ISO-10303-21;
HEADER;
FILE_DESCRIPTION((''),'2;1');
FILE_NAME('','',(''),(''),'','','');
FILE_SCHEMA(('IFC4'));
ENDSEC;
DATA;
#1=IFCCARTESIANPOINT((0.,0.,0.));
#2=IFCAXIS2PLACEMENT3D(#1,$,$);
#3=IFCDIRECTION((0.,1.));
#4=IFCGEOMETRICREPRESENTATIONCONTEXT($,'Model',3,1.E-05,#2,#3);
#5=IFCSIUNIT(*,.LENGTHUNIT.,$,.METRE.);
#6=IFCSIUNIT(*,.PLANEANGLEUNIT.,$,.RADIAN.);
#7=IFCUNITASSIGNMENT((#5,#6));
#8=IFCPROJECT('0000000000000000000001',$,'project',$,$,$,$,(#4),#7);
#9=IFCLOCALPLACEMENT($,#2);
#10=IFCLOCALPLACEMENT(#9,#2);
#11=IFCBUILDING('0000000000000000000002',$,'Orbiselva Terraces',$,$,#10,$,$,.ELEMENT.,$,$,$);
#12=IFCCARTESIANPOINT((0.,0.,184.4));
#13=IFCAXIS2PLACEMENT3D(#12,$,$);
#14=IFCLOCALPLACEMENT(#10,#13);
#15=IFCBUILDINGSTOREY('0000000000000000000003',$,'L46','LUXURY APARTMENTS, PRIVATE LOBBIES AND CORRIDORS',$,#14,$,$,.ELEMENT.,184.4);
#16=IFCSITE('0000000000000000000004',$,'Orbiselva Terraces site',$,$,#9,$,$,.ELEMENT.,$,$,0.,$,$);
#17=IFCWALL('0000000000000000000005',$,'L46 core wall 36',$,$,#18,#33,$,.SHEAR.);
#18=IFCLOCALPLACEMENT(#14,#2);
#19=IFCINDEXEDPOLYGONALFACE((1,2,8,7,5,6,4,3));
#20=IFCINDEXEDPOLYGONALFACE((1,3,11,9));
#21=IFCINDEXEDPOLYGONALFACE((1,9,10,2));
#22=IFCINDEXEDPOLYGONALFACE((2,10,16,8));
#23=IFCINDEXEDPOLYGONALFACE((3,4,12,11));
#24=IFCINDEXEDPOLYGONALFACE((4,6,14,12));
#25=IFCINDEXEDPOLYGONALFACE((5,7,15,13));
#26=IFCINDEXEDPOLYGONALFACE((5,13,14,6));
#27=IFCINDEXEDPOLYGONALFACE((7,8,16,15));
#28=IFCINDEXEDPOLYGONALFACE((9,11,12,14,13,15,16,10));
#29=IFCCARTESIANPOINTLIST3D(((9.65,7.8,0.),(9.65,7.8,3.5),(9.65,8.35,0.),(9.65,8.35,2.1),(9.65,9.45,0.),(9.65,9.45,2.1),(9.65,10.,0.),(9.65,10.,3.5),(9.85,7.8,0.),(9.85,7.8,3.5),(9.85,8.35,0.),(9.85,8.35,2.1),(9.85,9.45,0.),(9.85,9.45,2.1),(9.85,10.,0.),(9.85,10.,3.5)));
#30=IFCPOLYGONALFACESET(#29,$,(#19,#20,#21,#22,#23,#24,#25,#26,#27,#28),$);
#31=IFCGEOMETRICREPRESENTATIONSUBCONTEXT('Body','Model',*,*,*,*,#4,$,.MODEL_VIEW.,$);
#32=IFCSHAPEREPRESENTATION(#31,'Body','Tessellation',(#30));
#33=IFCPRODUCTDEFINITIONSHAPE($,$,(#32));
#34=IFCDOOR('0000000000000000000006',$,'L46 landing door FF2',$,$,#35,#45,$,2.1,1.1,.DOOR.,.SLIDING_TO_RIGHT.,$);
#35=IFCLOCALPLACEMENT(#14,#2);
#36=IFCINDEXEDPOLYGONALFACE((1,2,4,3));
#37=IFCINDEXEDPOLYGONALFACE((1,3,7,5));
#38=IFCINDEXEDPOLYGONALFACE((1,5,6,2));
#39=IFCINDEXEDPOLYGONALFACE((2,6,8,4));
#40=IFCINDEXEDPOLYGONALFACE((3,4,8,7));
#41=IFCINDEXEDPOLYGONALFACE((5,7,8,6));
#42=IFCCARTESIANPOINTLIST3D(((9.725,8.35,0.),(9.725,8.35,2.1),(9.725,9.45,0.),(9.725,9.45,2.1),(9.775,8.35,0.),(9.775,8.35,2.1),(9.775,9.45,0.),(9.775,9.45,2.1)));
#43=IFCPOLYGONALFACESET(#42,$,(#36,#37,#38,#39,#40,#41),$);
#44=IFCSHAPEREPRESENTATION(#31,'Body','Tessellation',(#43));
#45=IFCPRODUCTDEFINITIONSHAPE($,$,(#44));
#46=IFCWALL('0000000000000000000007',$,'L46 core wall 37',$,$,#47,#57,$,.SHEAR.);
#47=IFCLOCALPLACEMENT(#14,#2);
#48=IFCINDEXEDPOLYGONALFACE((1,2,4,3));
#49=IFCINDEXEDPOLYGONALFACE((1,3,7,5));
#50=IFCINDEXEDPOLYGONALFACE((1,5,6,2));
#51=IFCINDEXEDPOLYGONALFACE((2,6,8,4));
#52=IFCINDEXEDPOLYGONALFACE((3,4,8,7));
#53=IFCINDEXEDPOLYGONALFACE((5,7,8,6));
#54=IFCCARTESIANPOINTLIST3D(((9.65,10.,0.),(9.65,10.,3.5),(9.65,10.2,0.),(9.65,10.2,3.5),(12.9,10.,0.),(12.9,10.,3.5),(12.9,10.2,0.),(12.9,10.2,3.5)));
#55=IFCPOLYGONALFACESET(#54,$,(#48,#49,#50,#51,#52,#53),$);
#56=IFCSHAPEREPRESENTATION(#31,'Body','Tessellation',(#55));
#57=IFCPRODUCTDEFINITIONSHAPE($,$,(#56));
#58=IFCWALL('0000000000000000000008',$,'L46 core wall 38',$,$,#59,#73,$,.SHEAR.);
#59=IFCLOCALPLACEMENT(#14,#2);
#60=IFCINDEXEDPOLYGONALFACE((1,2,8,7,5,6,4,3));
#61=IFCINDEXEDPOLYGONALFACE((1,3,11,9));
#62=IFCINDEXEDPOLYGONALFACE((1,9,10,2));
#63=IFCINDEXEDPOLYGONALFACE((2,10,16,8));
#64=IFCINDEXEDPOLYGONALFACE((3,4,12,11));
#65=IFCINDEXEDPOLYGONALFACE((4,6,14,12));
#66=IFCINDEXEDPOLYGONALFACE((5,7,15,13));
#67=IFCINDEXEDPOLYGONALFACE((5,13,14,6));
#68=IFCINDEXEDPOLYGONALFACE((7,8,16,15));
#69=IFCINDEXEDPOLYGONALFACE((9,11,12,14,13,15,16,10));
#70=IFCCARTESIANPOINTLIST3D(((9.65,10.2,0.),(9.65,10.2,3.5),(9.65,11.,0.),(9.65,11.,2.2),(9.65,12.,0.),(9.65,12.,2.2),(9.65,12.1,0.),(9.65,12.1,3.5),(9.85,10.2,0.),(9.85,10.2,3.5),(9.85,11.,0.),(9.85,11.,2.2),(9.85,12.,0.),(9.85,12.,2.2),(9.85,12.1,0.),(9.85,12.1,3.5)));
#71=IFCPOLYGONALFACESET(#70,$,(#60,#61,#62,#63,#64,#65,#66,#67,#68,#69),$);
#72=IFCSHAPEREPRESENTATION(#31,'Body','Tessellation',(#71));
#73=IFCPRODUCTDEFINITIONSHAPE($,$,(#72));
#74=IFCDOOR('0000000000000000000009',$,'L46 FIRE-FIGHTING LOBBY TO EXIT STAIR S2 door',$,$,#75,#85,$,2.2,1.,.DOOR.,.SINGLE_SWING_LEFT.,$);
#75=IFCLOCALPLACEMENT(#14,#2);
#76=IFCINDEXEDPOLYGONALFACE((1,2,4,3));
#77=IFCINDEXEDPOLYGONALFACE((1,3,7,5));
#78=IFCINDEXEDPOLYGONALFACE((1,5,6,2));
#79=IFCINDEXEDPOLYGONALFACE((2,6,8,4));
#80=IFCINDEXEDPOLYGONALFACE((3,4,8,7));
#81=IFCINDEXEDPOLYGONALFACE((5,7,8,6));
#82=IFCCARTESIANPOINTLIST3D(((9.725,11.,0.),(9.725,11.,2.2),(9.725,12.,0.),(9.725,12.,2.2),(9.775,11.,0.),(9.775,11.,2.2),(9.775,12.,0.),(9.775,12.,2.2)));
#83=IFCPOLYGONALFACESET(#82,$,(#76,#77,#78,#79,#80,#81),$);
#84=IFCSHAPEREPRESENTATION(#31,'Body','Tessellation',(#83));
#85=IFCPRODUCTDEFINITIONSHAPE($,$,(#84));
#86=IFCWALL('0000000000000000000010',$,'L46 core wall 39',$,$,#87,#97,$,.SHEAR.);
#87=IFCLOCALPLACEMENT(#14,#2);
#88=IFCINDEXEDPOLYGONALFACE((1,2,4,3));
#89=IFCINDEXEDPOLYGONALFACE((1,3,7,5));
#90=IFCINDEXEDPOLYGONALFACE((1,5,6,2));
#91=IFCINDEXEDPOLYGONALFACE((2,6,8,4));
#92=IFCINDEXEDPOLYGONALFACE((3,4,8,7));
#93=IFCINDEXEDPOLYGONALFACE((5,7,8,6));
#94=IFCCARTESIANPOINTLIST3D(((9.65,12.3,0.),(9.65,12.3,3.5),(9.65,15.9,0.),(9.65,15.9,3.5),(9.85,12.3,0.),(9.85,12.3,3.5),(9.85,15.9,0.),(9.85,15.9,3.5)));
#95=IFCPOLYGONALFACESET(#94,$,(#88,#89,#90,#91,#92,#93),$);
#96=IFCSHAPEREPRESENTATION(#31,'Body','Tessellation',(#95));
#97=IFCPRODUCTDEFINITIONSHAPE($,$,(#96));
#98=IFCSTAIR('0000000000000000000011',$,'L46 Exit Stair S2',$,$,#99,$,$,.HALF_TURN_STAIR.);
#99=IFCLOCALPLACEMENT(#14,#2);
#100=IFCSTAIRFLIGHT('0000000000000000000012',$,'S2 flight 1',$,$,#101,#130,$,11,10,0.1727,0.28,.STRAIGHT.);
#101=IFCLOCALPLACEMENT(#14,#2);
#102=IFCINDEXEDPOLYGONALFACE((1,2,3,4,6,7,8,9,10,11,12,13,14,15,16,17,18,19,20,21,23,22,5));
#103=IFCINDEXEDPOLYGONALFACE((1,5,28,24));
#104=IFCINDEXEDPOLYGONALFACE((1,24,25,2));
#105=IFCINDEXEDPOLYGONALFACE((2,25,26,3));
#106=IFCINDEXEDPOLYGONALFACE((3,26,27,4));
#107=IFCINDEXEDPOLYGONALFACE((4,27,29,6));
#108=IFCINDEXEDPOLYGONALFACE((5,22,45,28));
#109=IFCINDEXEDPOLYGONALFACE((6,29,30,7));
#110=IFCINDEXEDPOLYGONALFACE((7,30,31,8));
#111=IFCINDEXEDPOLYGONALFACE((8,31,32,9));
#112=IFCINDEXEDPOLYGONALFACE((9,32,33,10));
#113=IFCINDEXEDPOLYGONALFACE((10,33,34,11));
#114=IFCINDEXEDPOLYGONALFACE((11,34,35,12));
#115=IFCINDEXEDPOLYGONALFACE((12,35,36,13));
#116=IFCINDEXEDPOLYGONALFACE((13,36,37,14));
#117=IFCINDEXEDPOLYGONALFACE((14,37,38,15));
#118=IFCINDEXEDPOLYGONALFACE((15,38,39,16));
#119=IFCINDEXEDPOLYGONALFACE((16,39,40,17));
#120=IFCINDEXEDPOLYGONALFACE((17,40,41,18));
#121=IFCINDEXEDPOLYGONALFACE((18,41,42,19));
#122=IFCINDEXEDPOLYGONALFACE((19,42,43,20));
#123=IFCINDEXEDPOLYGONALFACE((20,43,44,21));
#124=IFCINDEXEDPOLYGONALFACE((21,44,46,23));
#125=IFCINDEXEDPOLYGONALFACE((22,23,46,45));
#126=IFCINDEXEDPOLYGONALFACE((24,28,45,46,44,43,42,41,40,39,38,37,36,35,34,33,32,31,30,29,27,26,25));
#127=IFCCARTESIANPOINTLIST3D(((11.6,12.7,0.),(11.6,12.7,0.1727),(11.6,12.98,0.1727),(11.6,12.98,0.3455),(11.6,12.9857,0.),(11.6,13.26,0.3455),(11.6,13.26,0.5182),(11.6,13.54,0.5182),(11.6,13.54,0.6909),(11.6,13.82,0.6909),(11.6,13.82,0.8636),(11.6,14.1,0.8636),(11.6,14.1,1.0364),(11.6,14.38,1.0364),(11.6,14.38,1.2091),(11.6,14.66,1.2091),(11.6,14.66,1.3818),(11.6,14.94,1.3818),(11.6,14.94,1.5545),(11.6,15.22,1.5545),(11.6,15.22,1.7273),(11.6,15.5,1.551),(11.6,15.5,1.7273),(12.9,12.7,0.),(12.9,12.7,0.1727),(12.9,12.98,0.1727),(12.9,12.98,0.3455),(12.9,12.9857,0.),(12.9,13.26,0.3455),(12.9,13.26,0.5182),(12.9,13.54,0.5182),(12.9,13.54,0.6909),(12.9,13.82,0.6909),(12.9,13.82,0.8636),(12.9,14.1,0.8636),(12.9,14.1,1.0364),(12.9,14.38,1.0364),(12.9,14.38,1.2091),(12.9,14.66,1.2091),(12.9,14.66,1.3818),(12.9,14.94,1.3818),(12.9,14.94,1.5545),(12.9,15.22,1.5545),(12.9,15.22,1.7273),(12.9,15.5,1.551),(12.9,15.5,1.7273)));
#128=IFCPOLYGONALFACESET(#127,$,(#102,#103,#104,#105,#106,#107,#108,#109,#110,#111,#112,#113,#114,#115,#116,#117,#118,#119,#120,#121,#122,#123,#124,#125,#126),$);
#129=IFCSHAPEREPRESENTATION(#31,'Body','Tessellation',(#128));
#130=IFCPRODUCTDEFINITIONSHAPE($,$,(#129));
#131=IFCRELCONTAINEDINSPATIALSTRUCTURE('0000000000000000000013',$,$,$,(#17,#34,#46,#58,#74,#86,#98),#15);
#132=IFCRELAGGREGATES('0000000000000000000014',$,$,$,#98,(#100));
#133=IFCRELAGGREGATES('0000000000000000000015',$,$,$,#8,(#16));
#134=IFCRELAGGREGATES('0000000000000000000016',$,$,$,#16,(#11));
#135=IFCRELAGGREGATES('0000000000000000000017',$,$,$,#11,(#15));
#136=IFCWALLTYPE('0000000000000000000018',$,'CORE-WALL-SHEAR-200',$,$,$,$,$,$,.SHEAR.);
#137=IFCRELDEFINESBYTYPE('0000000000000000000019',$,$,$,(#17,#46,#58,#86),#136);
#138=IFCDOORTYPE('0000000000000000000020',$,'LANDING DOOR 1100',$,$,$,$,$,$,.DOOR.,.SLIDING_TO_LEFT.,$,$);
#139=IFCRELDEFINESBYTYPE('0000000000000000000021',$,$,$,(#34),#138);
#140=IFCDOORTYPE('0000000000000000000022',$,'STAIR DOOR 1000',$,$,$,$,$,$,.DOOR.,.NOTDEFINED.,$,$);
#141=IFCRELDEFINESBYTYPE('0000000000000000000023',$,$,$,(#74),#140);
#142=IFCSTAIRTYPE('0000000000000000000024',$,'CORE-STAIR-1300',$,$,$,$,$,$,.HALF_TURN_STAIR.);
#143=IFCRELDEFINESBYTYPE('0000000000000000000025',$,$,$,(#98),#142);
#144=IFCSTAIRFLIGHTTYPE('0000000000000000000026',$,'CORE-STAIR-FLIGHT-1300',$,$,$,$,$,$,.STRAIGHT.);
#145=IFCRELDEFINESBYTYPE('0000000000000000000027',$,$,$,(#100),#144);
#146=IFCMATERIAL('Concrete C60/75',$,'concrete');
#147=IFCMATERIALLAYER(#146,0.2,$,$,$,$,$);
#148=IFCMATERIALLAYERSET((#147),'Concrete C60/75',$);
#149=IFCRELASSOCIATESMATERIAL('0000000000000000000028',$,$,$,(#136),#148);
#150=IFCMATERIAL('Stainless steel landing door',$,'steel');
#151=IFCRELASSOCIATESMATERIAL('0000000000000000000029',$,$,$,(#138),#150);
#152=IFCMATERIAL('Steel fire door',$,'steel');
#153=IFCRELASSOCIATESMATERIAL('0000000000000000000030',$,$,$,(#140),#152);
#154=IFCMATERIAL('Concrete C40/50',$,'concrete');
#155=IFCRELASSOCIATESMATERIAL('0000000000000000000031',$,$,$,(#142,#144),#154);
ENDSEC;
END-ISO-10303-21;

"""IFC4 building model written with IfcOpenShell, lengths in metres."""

from ifc_helpers import new_model, si_unit, direction, frame, frame_2d, origin, place, context, subcontext, project, spatial, polyline, rectangle, outline, extrude, material, layer, layer_set, type_object, element, fill, aggregate, save


model = new_model("IFC4")

# Units and contexts
model_context = context("Model", 3, precision=1e-05, world=origin(), true_north=direction((0.0, 1.0)))
body_context = subcontext(model_context, "Body", "Model", "MODEL_VIEW")
ifc_project = project(units=[si_unit("LENGTHUNIT", "METRE"), si_unit("PLANEANGLEUNIT", "RADIAN")], contexts=[model_context])

# Site, building, storey
site_placement = place(None, origin())
site = spatial("IfcSite", under=ifc_project, at=site_placement, Name="Orbiselva Terraces site", CompositionType="ELEMENT", RefElevation=0.0)
building_placement = place(site_placement, origin())
building = spatial("IfcBuilding", under=site, at=building_placement, Name="Orbiselva Terraces", CompositionType="ELEMENT")
storey_placement = place(building_placement, frame((0.0, 0.0, 184.4)))
storey = spatial("IfcBuildingStorey", under=building, at=storey_placement, Name="L46", Description="LUXURY APARTMENTS, PRIVATE LOBBIES AND CORRIDORS", CompositionType="ELEMENT", Elevation=184.4)

# Shared definitions
ifc_material_1 = material(Name="Concrete C40/50", Category="concrete")

# Shared definitions
ifc_material_2 = material(Name="Steel fire door", Category="steel")

# Shared definitions
ifc_material_3 = material(Name="Concrete C60/75", Category="concrete")
ifc_layer_1 = layer(ifc_material_3, 0.2)
ifc_layer_set_1 = layer_set([ifc_layer_1], Name="Concrete C60/75")
wall_type_1 = type_object("IfcWallType", Name="CORE-WALL-SHEAR-200", PredefinedType="SHEAR", material=ifc_layer_set_1)

# Shared definitions
ifc_material_4 = material(Name="Stainless steel landing door", Category="steel")
door_type_1 = type_object("IfcDoorType", Name="LANDING DOOR 1100", OperationType="SLIDING_TO_LEFT", PredefinedType="DOOR", material=ifc_material_4)

# Wall, opening, door
wall_1_placement = place(storey_placement, frame((9.75, 7.8, 0.0), z_axis=(0.0, 0.0, 1.0), x_axis=(0.0, 1.0, 0.0)))
wall_1 = element("IfcWall", 1, at=wall_1_placement, inside=storey, type_object=wall_type_1, Name="L46 core wall 36", PredefinedType="SHEAR", context=body_context, shape_type="SweptSolid", body=[
    extrude(rectangle(XDim=2.2, YDim=0.2, at=frame_2d((1.1, 0.0))), origin(), (0.0, 0.0, 1.0), 3.5),
])
opening_1_placement = place(wall_1_placement, frame((0.55, 0.0, 0.0)))
opening_1 = element("IfcOpeningElement", 2, at=opening_1_placement, cuts=wall_1, PredefinedType="OPENING", context=body_context, shape_type="SweptSolid", body=[
    extrude(rectangle(XDim=1.1, YDim=2.1, at=frame_2d((0.55, 1.05))), frame((0.0, 0.11, 0.0), z_axis=(0.0, -1.0, 0.0), x_axis=(1.0, 0.0, 0.0)), (0.0, 0.0, 1.0), 0.22),
])
door_1_placement = place(opening_1_placement, origin())
door_1 = element("IfcDoor", 3, at=door_1_placement, inside=storey, type_object=door_type_1, Name="L46 landing door FF2", OperationType="SLIDING_TO_RIGHT", OverallHeight=2.1, OverallWidth=1.1, PredefinedType="DOOR", context=body_context, shape_type="SweptSolid", body=[
    extrude(rectangle(XDim=1.1, YDim=2.1, at=frame_2d((0.55, 1.05))), frame((0.0, 0.025, 0.0), z_axis=(0.0, -1.0, 0.0), x_axis=(1.0, 0.0, 0.0)), (0.0, 0.0, 1.0), 0.05),
])
fill(opening_1, door_1)

# Wall
wall_2_placement = place(storey_placement, frame((9.65, 10.1, 0.0), z_axis=(0.0, 0.0, 1.0), x_axis=(1.0, 0.0, 0.0)))
element("IfcWall", 4, at=wall_2_placement, inside=storey, type_object=wall_type_1, Name="L46 core wall 37", PredefinedType="SHEAR", context=body_context, shape_type="SweptSolid", body=[
    extrude(rectangle(XDim=3.25, YDim=0.2, at=frame_2d((1.625, 0.0))), origin(), (0.0, 0.0, 1.0), 3.5),
])

# Wall, opening, door
wall_3_placement = place(storey_placement, frame((9.75, 12.1, 0.0), z_axis=(0.0, 0.0, 1.0), x_axis=(0.0, -1.0, 0.0)))
wall_3 = element("IfcWall", 5, at=wall_3_placement, inside=storey, type_object=wall_type_1, Name="L46 core wall 38", PredefinedType="SHEAR", context=body_context, shape_type="SweptSolid", body=[
    extrude(rectangle(XDim=1.9, YDim=0.2, at=frame_2d((0.95, 0.0))), origin(), (0.0, 0.0, 1.0), 3.5),
])
opening_2_placement = place(wall_3_placement, frame((0.1, 0.0, 0.0)))
opening_2 = element("IfcOpeningElement", 6, at=opening_2_placement, cuts=wall_3, PredefinedType="OPENING", context=body_context, shape_type="SweptSolid", body=[
    extrude(rectangle(XDim=1.0, YDim=2.2, at=frame_2d((0.5, 1.1))), frame((0.0, 0.11, 0.0), z_axis=(0.0, -1.0, 0.0), x_axis=(1.0, 0.0, 0.0)), (0.0, 0.0, 1.0), 0.22),
])
door_type_2 = type_object("IfcDoorType", Name="STAIR DOOR 1000", OperationType="NOTDEFINED", PredefinedType="DOOR", material=ifc_material_2)
door_2_placement = place(opening_2_placement, origin())
door_2 = element("IfcDoor", 7, at=door_2_placement, inside=storey, type_object=door_type_2, Name="L46 FIRE-FIGHTING LOBBY TO EXIT STAIR S2 door", OperationType="SINGLE_SWING_LEFT", OverallHeight=2.2, OverallWidth=1.0, PredefinedType="DOOR", context=body_context, shape_type="SweptSolid", body=[
    extrude(rectangle(XDim=1.0, YDim=2.2, at=frame_2d((0.5, 1.1))), frame((0.0, 0.025, 0.0), z_axis=(0.0, -1.0, 0.0), x_axis=(1.0, 0.0, 0.0)), (0.0, 0.0, 1.0), 0.05),
])
fill(opening_2, door_2)

# Wall
wall_4_placement = place(storey_placement, frame((9.75, 12.3, 0.0), z_axis=(0.0, 0.0, 1.0), x_axis=(0.0, 1.0, 0.0)))
element("IfcWall", 8, at=wall_4_placement, inside=storey, type_object=wall_type_1, Name="L46 core wall 39", PredefinedType="SHEAR", context=body_context, shape_type="SweptSolid", body=[
    extrude(rectangle(XDim=3.6, YDim=0.2, at=frame_2d((1.8, 0.0))), origin(), (0.0, 0.0, 1.0), 3.5),
])

# Stair, stair flight
stair_type_1 = type_object("IfcStairType", Name="CORE-STAIR-1300", PredefinedType="HALF_TURN_STAIR", material=ifc_material_1)
stair_1_placement = place(storey_placement, origin())
stair_1 = element("IfcStair", 9, at=stair_1_placement, inside=storey, type_object=stair_type_1, Name="L46 Exit Stair S2", PredefinedType="HALF_TURN_STAIR")
stair_flight_type = type_object("IfcStairFlightType", Name="CORE-STAIR-FLIGHT-1300", PredefinedType="STRAIGHT", material=ifc_material_1)
stair_flight_placement = place(storey_placement, frame((12.25, 12.7, 0.0), z_axis=(0.0, 0.0, 1.0), x_axis=(0.0, 1.0, 0.0)))
stair_flight = element("IfcStairFlight", 10, at=stair_flight_placement, type_object=stair_flight_type, Name="S2 flight 1", NumberOfRisers=11, NumberOfTreads=10, PredefinedType="STRAIGHT", RiserHeight=0.1727, TreadLength=0.28, context=body_context, shape_type="SweptSolid", body=[
    extrude(outline(polyline([(0.0, 0.0), (0.0, 0.1727), (0.28, 0.1727), (0.28, 0.3455), (0.56, 0.3455), (0.56, 0.5182), (0.84, 0.5182), (0.84, 0.6909), (1.12, 0.6909), (1.12, 0.8636), (1.4, 0.8636), (1.4, 1.0364), (1.68, 1.0364), (1.68, 1.2091), (1.96, 1.2091), (1.96, 1.3818), (2.24, 1.3818), (2.24, 1.5545), (2.52, 1.5545), (2.52, 1.7273), (2.8, 1.7273), (2.8, 1.9), (2.8, 1.551), (0.2857, 0.0), (0.0, 0.0)])), frame((0.0, 0.65, 0.0), z_axis=(0.0, -1.0, 0.0), x_axis=(1.0, 0.0, 0.0)), (0.0, 0.0, 1.0), 1.3),
])
aggregate(stair_1, [stair_flight])

save(model, "model.ifc")
